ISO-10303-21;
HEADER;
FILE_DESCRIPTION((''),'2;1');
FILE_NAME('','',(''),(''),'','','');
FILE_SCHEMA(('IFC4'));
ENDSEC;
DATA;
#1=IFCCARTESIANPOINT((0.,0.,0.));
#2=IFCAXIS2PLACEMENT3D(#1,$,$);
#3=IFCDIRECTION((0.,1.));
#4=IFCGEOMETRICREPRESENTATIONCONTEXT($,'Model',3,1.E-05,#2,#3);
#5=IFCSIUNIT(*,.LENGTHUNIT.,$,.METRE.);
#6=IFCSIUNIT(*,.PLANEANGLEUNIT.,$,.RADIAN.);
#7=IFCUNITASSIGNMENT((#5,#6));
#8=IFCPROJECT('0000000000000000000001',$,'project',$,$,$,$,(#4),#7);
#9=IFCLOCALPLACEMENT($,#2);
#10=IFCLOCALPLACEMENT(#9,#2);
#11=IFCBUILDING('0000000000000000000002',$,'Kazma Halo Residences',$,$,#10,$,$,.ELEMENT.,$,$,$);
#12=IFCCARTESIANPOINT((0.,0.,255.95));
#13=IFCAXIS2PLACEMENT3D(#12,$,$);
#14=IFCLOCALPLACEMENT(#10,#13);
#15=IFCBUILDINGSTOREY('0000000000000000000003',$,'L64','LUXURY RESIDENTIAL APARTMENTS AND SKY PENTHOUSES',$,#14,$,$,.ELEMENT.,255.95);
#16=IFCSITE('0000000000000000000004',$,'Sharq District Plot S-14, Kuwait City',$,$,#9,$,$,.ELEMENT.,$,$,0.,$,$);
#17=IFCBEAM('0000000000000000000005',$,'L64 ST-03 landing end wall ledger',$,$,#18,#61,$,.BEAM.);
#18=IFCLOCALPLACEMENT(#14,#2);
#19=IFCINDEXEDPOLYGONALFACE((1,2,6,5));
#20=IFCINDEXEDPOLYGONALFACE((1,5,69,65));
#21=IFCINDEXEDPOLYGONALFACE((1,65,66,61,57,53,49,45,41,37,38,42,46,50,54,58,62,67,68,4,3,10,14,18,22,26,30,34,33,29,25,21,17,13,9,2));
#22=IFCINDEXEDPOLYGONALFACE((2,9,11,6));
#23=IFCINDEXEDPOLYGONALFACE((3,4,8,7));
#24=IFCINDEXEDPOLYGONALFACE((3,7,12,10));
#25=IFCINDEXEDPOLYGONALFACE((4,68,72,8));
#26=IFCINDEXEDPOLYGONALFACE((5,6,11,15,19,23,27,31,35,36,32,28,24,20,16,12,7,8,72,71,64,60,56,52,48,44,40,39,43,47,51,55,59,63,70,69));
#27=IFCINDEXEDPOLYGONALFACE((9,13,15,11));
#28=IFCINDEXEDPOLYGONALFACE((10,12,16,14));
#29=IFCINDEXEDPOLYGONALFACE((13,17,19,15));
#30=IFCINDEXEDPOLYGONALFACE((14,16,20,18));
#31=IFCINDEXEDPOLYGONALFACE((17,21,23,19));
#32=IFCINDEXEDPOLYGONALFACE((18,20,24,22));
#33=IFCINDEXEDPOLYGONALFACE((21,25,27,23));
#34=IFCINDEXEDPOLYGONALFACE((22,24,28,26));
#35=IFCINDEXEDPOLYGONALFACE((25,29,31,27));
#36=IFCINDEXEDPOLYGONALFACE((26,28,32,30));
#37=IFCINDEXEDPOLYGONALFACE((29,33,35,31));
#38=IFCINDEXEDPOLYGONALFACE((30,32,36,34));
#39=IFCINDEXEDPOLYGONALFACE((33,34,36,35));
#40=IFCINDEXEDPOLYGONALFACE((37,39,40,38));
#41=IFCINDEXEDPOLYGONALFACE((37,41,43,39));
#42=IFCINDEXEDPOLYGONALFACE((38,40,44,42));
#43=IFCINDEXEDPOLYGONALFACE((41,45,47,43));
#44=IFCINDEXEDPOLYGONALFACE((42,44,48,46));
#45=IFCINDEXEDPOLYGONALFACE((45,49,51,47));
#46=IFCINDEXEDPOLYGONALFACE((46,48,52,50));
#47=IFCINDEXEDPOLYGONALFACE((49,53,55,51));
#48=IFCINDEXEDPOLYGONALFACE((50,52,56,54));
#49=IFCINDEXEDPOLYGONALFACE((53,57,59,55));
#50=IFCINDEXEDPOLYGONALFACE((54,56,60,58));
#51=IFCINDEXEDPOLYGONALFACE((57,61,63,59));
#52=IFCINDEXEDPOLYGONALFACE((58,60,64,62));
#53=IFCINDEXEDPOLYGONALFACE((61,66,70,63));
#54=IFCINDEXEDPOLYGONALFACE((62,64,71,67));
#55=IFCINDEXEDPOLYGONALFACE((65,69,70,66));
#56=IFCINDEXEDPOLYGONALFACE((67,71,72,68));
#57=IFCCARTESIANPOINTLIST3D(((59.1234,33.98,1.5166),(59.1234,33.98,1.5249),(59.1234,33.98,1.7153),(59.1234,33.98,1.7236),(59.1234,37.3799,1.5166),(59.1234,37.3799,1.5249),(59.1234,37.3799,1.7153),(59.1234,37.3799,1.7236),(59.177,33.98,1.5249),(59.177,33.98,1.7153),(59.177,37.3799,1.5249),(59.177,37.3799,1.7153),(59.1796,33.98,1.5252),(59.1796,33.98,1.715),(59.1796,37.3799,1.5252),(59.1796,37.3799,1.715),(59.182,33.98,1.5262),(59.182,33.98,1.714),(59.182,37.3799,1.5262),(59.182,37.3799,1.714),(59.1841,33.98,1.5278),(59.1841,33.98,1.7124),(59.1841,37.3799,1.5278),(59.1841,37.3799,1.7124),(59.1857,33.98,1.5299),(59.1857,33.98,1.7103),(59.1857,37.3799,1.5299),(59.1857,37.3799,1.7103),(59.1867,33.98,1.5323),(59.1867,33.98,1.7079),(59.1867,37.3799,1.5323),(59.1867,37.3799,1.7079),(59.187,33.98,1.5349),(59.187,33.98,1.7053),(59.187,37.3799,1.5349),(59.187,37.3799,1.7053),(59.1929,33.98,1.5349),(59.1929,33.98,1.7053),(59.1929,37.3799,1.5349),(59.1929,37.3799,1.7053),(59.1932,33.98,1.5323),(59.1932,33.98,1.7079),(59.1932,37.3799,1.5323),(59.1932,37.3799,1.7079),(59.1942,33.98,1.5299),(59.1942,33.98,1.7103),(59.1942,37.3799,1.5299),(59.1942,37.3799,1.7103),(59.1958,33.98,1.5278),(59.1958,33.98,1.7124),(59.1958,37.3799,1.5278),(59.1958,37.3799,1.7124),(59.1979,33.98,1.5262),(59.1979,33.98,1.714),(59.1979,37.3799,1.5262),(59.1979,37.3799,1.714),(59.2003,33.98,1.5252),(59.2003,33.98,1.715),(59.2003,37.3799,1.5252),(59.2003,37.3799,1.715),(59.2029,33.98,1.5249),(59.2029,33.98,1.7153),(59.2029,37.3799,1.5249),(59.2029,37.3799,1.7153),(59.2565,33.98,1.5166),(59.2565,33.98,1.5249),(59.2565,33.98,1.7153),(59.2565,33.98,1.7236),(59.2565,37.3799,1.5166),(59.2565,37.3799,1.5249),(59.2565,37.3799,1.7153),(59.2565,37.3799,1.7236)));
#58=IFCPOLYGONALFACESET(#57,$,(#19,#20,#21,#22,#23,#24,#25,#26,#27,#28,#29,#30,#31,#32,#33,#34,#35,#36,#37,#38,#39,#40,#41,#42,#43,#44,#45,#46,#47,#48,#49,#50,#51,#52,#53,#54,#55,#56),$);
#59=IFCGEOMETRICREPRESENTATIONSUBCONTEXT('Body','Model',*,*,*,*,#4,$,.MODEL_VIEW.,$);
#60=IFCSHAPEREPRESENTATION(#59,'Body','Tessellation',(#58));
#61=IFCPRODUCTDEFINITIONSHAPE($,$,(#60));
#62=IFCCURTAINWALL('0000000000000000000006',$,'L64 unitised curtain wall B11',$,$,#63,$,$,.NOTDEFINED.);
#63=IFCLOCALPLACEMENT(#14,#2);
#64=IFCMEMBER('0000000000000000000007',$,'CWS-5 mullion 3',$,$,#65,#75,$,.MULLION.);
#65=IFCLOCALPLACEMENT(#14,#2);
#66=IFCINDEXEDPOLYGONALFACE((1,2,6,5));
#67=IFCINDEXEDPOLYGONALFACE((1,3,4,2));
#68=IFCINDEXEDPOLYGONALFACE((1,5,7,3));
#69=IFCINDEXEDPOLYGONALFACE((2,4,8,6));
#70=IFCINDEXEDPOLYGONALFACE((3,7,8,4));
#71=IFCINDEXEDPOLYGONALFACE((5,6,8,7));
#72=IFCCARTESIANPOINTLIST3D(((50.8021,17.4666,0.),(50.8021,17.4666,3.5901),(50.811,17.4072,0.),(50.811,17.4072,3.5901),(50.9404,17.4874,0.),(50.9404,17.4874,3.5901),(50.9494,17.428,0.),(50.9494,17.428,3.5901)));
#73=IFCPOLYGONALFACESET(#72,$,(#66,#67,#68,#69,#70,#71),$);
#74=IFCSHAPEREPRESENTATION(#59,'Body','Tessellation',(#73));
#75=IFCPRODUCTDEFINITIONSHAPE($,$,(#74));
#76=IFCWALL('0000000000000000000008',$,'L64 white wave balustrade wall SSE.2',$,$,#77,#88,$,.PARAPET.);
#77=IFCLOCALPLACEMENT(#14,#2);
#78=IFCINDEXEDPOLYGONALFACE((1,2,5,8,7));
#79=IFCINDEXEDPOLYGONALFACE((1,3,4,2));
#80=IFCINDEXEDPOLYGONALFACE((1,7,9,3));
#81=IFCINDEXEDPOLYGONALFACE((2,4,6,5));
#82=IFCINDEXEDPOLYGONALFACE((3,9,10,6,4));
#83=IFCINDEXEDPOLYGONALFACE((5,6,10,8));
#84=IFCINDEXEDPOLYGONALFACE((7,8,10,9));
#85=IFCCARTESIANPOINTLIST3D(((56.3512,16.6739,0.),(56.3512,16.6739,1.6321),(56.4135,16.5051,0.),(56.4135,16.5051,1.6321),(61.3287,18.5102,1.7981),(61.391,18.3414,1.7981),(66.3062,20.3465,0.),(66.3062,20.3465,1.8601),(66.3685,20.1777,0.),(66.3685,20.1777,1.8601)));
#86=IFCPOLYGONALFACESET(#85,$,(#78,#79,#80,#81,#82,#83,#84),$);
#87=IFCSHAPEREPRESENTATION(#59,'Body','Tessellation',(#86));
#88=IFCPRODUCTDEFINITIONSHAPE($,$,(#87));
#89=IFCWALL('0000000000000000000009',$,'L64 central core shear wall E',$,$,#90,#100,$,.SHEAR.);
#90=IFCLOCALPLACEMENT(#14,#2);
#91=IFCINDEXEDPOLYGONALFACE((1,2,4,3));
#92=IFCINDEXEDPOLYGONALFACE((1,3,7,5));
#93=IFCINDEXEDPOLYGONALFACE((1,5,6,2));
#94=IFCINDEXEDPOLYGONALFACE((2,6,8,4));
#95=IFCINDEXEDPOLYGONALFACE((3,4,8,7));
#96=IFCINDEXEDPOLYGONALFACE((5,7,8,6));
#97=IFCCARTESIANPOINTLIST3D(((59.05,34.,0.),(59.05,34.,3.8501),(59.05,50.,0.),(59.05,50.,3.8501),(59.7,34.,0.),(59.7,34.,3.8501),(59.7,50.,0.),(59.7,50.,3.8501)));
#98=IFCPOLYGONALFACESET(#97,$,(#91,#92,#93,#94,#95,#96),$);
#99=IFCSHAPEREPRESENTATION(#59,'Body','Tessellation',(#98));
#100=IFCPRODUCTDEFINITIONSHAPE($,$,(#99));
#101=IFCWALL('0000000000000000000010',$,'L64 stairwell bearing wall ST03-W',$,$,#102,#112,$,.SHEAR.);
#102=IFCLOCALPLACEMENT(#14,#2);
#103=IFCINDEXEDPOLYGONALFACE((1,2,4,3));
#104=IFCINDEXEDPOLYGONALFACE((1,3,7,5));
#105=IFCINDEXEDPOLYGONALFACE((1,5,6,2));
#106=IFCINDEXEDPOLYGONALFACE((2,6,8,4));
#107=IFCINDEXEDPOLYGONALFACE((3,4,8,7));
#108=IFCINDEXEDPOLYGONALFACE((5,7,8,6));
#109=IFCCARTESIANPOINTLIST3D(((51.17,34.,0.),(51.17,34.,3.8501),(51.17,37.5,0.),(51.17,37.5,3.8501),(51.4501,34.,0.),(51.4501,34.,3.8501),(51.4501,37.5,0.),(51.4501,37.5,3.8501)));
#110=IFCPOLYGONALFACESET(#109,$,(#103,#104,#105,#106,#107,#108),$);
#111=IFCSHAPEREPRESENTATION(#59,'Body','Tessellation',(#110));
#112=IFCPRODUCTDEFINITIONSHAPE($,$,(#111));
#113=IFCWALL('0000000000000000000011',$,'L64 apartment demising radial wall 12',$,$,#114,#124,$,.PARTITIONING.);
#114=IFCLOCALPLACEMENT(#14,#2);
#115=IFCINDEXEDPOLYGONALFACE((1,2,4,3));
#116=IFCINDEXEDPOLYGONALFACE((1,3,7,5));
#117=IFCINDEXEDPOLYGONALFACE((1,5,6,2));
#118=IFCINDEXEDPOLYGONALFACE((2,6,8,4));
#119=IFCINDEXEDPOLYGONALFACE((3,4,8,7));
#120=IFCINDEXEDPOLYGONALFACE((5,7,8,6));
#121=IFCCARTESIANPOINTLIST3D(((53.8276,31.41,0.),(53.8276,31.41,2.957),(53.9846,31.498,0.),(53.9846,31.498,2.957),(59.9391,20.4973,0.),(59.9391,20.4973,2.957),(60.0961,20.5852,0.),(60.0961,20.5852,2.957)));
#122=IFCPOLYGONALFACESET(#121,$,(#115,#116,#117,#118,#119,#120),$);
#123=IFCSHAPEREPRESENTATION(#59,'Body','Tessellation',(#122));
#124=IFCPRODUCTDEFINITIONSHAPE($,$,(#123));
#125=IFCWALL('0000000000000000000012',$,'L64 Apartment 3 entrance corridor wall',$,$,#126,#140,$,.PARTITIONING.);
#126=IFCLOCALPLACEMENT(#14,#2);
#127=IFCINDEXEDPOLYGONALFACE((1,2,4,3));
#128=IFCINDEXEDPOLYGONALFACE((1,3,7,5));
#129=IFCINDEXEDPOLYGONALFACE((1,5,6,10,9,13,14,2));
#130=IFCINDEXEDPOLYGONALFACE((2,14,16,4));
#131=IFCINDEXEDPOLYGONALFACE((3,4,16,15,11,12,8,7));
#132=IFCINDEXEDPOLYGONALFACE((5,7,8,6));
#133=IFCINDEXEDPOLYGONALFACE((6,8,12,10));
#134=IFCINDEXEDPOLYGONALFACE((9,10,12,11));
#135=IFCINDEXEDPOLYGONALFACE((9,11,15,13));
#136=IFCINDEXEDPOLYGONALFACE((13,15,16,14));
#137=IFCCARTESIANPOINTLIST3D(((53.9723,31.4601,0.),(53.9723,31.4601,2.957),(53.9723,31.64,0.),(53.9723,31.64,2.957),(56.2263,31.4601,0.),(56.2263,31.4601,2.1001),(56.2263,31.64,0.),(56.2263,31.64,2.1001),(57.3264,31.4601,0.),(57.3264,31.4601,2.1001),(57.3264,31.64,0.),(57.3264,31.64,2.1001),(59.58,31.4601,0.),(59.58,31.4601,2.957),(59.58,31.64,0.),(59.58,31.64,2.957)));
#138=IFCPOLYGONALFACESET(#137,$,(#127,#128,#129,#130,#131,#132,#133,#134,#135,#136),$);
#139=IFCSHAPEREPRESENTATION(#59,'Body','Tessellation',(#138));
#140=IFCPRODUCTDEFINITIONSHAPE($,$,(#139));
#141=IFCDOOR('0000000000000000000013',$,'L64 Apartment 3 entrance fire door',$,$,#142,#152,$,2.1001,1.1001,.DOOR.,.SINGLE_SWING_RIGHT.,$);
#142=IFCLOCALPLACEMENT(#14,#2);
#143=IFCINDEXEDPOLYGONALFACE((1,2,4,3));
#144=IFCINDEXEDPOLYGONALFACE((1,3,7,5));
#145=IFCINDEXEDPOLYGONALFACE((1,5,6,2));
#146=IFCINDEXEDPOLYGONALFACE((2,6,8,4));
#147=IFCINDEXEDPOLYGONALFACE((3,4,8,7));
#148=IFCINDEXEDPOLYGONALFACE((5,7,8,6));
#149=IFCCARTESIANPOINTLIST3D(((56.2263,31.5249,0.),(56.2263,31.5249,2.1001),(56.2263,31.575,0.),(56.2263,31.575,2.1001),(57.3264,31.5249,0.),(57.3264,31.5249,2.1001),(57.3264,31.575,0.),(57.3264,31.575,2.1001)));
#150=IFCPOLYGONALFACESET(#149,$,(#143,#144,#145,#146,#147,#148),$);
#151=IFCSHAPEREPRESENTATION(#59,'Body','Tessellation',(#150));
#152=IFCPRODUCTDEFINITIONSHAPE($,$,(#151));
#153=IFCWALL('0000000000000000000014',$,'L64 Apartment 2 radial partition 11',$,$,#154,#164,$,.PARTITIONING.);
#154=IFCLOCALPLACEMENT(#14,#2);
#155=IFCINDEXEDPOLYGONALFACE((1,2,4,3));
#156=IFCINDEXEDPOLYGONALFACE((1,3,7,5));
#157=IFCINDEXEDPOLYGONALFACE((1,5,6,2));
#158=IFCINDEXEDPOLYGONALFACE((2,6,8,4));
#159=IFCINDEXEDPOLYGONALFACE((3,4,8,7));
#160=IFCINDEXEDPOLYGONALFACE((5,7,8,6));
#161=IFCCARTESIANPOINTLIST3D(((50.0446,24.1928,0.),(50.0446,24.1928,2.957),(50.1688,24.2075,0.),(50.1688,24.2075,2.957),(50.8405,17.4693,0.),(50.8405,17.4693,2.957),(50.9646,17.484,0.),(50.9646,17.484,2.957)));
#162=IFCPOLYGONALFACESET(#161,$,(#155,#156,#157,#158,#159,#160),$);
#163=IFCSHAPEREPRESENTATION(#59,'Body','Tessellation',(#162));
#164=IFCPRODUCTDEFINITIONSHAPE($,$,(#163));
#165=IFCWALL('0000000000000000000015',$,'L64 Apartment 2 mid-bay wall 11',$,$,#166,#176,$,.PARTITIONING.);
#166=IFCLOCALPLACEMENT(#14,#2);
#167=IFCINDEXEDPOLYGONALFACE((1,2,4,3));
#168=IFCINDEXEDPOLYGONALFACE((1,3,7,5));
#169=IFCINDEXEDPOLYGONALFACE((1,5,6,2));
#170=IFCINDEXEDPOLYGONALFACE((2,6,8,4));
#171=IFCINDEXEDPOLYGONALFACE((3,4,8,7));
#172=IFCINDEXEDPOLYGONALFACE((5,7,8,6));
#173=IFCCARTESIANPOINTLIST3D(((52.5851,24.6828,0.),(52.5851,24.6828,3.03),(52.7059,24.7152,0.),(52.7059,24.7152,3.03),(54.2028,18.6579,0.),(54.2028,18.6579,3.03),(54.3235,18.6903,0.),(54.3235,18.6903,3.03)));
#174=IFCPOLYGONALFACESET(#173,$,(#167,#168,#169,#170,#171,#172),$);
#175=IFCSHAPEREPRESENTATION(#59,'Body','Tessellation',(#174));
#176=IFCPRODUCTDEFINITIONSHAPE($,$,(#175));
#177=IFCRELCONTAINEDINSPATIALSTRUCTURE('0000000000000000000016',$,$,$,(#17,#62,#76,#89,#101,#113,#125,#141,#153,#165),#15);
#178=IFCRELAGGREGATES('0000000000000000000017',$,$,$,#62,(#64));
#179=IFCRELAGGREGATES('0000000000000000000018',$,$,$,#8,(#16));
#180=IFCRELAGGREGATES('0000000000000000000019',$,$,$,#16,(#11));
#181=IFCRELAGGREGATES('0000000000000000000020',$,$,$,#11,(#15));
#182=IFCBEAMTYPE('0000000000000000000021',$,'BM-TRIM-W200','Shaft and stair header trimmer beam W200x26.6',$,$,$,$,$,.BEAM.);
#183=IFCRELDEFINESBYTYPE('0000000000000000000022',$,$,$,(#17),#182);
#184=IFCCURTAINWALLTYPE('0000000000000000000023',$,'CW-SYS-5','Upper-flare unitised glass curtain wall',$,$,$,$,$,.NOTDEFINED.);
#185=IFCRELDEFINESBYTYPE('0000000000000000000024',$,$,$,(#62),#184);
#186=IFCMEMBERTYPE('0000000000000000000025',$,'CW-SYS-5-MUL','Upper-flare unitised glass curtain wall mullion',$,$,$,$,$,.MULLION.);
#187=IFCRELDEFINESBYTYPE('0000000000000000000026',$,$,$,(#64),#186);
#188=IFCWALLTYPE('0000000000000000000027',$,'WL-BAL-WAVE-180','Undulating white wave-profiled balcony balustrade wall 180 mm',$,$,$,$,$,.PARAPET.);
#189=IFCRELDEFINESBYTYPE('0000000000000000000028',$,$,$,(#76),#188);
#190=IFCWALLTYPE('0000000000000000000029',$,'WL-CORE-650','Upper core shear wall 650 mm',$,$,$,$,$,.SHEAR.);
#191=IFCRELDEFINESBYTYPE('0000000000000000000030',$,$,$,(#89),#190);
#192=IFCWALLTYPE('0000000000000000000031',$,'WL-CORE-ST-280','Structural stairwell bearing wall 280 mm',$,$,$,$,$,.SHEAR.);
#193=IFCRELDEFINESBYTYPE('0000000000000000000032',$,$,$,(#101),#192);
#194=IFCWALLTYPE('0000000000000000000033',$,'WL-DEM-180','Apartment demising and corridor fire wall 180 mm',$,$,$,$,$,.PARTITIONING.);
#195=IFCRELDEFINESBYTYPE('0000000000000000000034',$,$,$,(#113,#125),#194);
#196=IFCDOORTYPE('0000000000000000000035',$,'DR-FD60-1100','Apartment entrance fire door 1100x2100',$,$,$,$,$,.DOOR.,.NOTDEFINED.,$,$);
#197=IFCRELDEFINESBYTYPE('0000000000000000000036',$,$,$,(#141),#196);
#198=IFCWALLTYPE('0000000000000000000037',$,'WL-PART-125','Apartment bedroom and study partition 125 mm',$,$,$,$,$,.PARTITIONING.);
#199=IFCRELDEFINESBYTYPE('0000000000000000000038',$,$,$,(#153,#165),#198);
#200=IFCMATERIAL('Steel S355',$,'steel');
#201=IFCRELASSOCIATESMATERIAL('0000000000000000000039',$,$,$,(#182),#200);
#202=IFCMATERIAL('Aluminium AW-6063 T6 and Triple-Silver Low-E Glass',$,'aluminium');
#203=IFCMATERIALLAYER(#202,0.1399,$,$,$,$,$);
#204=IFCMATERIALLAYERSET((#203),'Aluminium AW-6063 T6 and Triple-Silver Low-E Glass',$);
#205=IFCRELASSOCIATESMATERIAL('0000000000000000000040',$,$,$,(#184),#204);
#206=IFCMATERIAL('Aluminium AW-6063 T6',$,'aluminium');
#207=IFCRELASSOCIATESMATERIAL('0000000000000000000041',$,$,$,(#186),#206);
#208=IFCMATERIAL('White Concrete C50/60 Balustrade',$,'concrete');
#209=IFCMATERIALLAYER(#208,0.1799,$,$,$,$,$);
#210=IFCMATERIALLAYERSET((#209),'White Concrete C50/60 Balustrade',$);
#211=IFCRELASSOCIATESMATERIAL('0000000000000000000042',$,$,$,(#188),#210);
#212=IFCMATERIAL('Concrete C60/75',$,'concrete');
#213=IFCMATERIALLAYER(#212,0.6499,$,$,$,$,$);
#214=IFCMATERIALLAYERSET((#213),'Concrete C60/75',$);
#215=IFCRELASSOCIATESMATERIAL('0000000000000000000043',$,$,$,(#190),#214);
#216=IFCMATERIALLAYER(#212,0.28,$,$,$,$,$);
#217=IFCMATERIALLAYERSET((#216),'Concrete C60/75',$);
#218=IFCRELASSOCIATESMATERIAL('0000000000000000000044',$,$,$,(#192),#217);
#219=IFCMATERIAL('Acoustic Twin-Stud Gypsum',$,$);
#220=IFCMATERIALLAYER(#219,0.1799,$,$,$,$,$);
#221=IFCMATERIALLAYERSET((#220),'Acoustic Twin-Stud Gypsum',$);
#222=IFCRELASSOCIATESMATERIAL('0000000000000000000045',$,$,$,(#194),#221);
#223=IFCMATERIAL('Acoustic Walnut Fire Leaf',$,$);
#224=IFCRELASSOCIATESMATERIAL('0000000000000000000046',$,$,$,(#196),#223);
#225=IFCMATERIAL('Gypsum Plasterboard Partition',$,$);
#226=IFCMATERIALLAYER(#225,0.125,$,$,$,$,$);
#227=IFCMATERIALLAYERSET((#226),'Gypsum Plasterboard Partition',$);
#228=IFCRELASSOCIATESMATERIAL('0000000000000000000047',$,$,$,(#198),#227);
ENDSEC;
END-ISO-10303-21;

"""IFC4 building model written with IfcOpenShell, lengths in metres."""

from ifc_helpers import new_model, si_unit, direction, frame, frame_2d, origin, origin_2d, place, context, subcontext, project, spatial, polyline, rectangle, i_section, outline, extrude, material, layer, layer_set, material_profile, profile_set, type_object, element, fill, aggregate, save


model = new_model("IFC4")

# Units and contexts
model_context = context("Model", 3, precision=1e-05, world=origin(), true_north=direction((0.0, 1.0)))
body_context = subcontext(model_context, "Body", "Model", "MODEL_VIEW")
ifc_project = project(units=[si_unit("LENGTHUNIT", "METRE"), si_unit("PLANEANGLEUNIT", "RADIAN")], contexts=[model_context])

# Site, building, storey
site_placement = place(None, origin())
site = spatial("IfcSite", under=ifc_project, at=site_placement, Name="Sharq District Plot S-14, Kuwait City", CompositionType="ELEMENT", RefElevation=0.0)
building_placement = place(site_placement, origin())
building = spatial("IfcBuilding", under=site, at=building_placement, Name="Kazma Halo Residences", CompositionType="ELEMENT")
storey_placement = place(building_placement, frame((0.0, 0.0, 255.95)))
storey = spatial("IfcBuildingStorey", under=building, at=storey_placement, Name="L64", Description="LUXURY RESIDENTIAL APARTMENTS AND SKY PENTHOUSES", CompositionType="ELEMENT", Elevation=255.95)

# Shared definitions
ifc_material_1 = material(Name="Concrete C60/75", Category="concrete")

# Beam
ifc_material_2 = material(Name="Steel S355", Category="steel")
ifc_material_profile_1 = material_profile(ifc_material_2, i_section(OverallWidth=0.1331, OverallDepth=0.207, WebThickness=0.0059, FlangeThickness=0.0083, FilletRadius=0.01, at=origin_2d()), Name="W200x26.6")
ifc_profile_set_1 = profile_set([ifc_material_profile_1], Name="Steel S355")
beam_type_1 = type_object("IfcBeamType", Name="BM-TRIM-W200", Description="Shaft and stair header trimmer beam W200x26.6", PredefinedType="BEAM", material=ifc_profile_set_1)
beam_1_placement = place(storey_placement, frame((59.1899, 33.98, 1.6201), z_axis=(0.0, 1.0, 0.0), x_axis=(-1.0, 0.0, 0.0)))
element("IfcBeam", 1, at=beam_1_placement, inside=storey, type_object=beam_type_1, Name="L64 ST-03 landing end wall ledger", PredefinedType="BEAM", context=body_context, shape_type="SweptSolid", body=[
    extrude(i_section(OverallWidth=0.1331, OverallDepth=0.207, WebThickness=0.0059, FlangeThickness=0.0083, FilletRadius=0.01, at=origin_2d()), origin(), (0.0, 0.0, 1.0), 3.3999),
])

# Curtain wall, member
ifc_material_3 = material(Name="Aluminium AW-6063 T6 and Triple-Silver Low-E Glass", Category="aluminium")
ifc_layer_1 = layer(ifc_material_3, 0.1399)
ifc_layer_set_1 = layer_set([ifc_layer_1], Name="Aluminium AW-6063 T6 and Triple-Silver Low-E Glass")
curtain_wall_type = type_object("IfcCurtainWallType", Name="CW-SYS-5", Description="Upper-flare unitised glass curtain wall", PredefinedType="NOTDEFINED", material=ifc_layer_set_1)
curtain_wall_placement = place(storey_placement, origin())
curtain_wall = element("IfcCurtainWall", 2, at=curtain_wall_placement, inside=storey, type_object=curtain_wall_type, Name="L64 unitised curtain wall B11", PredefinedType="NOTDEFINED")
ifc_material_4 = material(Name="Aluminium AW-6063 T6", Category="aluminium")
ifc_material_profile_2 = material_profile(ifc_material_4, rectangle(XDim=0.0601, YDim=0.1399, at=origin_2d()), Name="CWM-60x140")
ifc_profile_set_2 = profile_set([ifc_material_profile_2], Name="Aluminium AW-6063 T6")
member_type = type_object("IfcMemberType", Name="CW-SYS-5-MUL", Description="Upper-flare unitised glass curtain wall mullion", PredefinedType="MULLION", material=ifc_profile_set_2)
member_placement = place(storey_placement, frame((50.8757, 17.4473, 0.0), z_axis=(0.0, 0.0, 1.0), x_axis=(-0.148697, 0.988883, 0.0)))
member = element("IfcMember", 3, at=member_placement, type_object=member_type, Name="CWS-5 mullion 3", PredefinedType="MULLION", context=body_context, shape_type="SweptSolid", body=[
    extrude(rectangle(XDim=0.0601, YDim=0.1399, at=origin_2d()), origin(), (0.0, 0.0, 1.0), 3.5901),
])
aggregate(curtain_wall, [member])

# Walls
ifc_material_5 = material(Name="White Concrete C50/60 Balustrade", Category="concrete")
ifc_layer_2 = layer(ifc_material_5, 0.1799)
ifc_layer_set_2 = layer_set([ifc_layer_2], Name="White Concrete C50/60 Balustrade")
wall_type_1 = type_object("IfcWallType", Name="WL-BAL-WAVE-180", Description="Undulating white wave-profiled balcony balustrade wall 180 mm", PredefinedType="PARAPET", material=ifc_layer_set_2)
wall_1_placement = place(storey_placement, frame((56.3823, 16.5896, 0.0), z_axis=(0.0, 0.0, 1.0), x_axis=(0.938192, 0.346116, 0.0)))
element("IfcWall", 4, at=wall_1_placement, inside=storey, type_object=wall_type_1, Name="L64 white wave balustrade wall SSE.2", PredefinedType="PARAPET", context=body_context, shape_type="SweptSolid", body=[
    extrude(outline(polyline([(0.0, 0.0), (10.6108, 0.0), (10.6108, 1.8601), (5.3054, 1.7981), (0.0, 1.6321), (0.0, 0.0)])), frame((0.0, 0.0898, 0.0), z_axis=(0.0, -1.0, 0.0), x_axis=(1.0, 0.0, 0.0)), (0.0, 0.0, 1.0), 0.1799),
])
ifc_layer_3 = layer(ifc_material_1, 0.6499)
ifc_layer_set_3 = layer_set([ifc_layer_3], Name="Concrete C60/75")
wall_type_2 = type_object("IfcWallType", Name="WL-CORE-650", Description="Upper core shear wall 650 mm", PredefinedType="SHEAR", material=ifc_layer_set_3)
wall_2_placement = place(storey_placement, frame((59.375, 34.0, 0.0), z_axis=(0.0, 0.0, 1.0), x_axis=(0.0, 1.0, 0.0)))
element("IfcWall", 5, at=wall_2_placement, inside=storey, type_object=wall_type_2, Name="L64 central core shear wall E", PredefinedType="SHEAR", context=body_context, shape_type="SweptSolid", body=[
    extrude(rectangle(XDim=16.0, YDim=0.6499, at=frame_2d((8.0, 0.0))), origin(), (0.0, 0.0, 1.0), 3.8501),
])
ifc_layer_4 = layer(ifc_material_1, 0.28)
ifc_layer_set_4 = layer_set([ifc_layer_4], Name="Concrete C60/75")
wall_type_3 = type_object("IfcWallType", Name="WL-CORE-ST-280", Description="Structural stairwell bearing wall 280 mm", PredefinedType="SHEAR", material=ifc_layer_set_4)
wall_3_placement = place(storey_placement, frame((51.3101, 34.0, 0.0), z_axis=(0.0, 0.0, 1.0), x_axis=(0.0, 1.0, 0.0)))
element("IfcWall", 6, at=wall_3_placement, inside=storey, type_object=wall_type_3, Name="L64 stairwell bearing wall ST03-W", PredefinedType="SHEAR", context=body_context, shape_type="SweptSolid", body=[
    extrude(rectangle(XDim=3.5, YDim=0.28, at=frame_2d((1.75, 0.0))), origin(), (0.0, 0.0, 1.0), 3.8501),
])
ifc_material_6 = material(Name="Acoustic Twin-Stud Gypsum")
ifc_layer_5 = layer(ifc_material_6, 0.1799)
ifc_layer_set_5 = layer_set([ifc_layer_5], Name="Acoustic Twin-Stud Gypsum")
wall_type_4 = type_object("IfcWallType", Name="WL-DEM-180", Description="Apartment demising and corridor fire wall 180 mm", PredefinedType="PARTITIONING", material=ifc_layer_set_5)
wall_4_placement = place(storey_placement, frame((53.906, 31.4541, 0.0), z_axis=(0.0, 0.0, 1.0), x_axis=(0.488627, -0.872493, 0.0)))
element("IfcWall", 7, at=wall_4_placement, inside=storey, type_object=wall_type_4, Name="L64 apartment demising radial wall 12", PredefinedType="PARTITIONING", context=body_context, shape_type="SweptSolid", body=[
    extrude(rectangle(XDim=12.5076, YDim=0.1799, at=frame_2d((6.2539, 0.0))), origin(), (0.0, 0.0, 1.0), 2.957),
])

# Wall, opening, door
wall_5_placement = place(storey_placement, frame((53.9724, 31.55, 0.0), z_axis=(0.0, 0.0, 1.0), x_axis=(1.0, 0.0, 0.0)))
wall_5 = element("IfcWall", 8, at=wall_5_placement, inside=storey, type_object=wall_type_4, Name="L64 Apartment 3 entrance corridor wall", PredefinedType="PARTITIONING", context=body_context, shape_type="SweptSolid", body=[
    extrude(rectangle(XDim=5.6077, YDim=0.1799, at=frame_2d((2.8037, 0.0))), origin(), (0.0, 0.0, 1.0), 2.957),
])
opening_1_placement = place(wall_5_placement, frame((2.2539, 0.0, 0.0)))
opening_1 = element("IfcOpeningElement", 9, at=opening_1_placement, cuts=wall_5, PredefinedType="OPENING", context=body_context, shape_type="SweptSolid", body=[
    extrude(rectangle(XDim=1.1001, YDim=2.1001, at=frame_2d((0.55, 1.05))), frame((0.0, 0.0999, 0.0), z_axis=(0.0, -1.0, 0.0), x_axis=(1.0, 0.0, 0.0)), (0.0, 0.0, 1.0), 0.2),
])
ifc_material_7 = material(Name="Acoustic Walnut Fire Leaf")
door_type_1 = type_object("IfcDoorType", Name="DR-FD60-1100", Description="Apartment entrance fire door 1100x2100", OperationType="NOTDEFINED", PredefinedType="DOOR", material=ifc_material_7)
door_1_placement = place(opening_1_placement, origin())
door_1 = element("IfcDoor", 10, at=door_1_placement, inside=storey, type_object=door_type_1, Name="L64 Apartment 3 entrance fire door", OperationType="SINGLE_SWING_RIGHT", OverallHeight=2.1001, OverallWidth=1.1001, PredefinedType="DOOR", context=body_context, shape_type="SweptSolid", body=[
    extrude(rectangle(XDim=1.1001, YDim=2.1001, at=frame_2d((0.55, 1.05))), frame((0.0, 0.0249, 0.0), z_axis=(0.0, -1.0, 0.0), x_axis=(1.0, 0.0, 0.0)), (0.0, 0.0, 1.0), 0.05),
])
fill(opening_1, door_1)

# Walls
ifc_material_8 = material(Name="Gypsum Plasterboard Partition")
ifc_layer_6 = layer(ifc_material_8, 0.125)
ifc_layer_set_6 = layer_set([ifc_layer_6], Name="Gypsum Plasterboard Partition")
wall_type_5 = type_object("IfcWallType", Name="WL-PART-125", Description="Apartment bedroom and study partition 125 mm", PredefinedType="PARTITIONING", material=ifc_layer_set_6)
wall_6_placement = place(storey_placement, frame((50.1067, 24.2002, 0.0), z_axis=(0.0, 0.0, 1.0), x_axis=(0.117553, -0.993067, 0.0)))
element("IfcWall", 11, at=wall_6_placement, inside=storey, type_object=wall_type_5, Name="L64 Apartment 2 radial partition 11", PredefinedType="PARTITIONING", context=body_context, shape_type="SweptSolid", body=[
    extrude(rectangle(XDim=6.7705, YDim=0.125, at=frame_2d((3.3853, 0.0))), origin(), (0.0, 0.0, 1.0), 2.957),
])
wall_7_placement = place(storey_placement, frame((52.6455, 24.699, 0.0), z_axis=(0.0, 0.0, 1.0), x_axis=(0.259314, -0.965793, 0.0)))
element("IfcWall", 12, at=wall_7_placement, inside=storey, type_object=wall_type_5, Name="L64 Apartment 2 mid-bay wall 11", PredefinedType="PARTITIONING", context=body_context, shape_type="SweptSolid", body=[
    extrude(rectangle(XDim=6.2383, YDim=0.125, at=frame_2d((3.1191, 0.0))), origin(), (0.0, 0.0, 1.0), 3.03),
])

save(model, "model.ifc")
